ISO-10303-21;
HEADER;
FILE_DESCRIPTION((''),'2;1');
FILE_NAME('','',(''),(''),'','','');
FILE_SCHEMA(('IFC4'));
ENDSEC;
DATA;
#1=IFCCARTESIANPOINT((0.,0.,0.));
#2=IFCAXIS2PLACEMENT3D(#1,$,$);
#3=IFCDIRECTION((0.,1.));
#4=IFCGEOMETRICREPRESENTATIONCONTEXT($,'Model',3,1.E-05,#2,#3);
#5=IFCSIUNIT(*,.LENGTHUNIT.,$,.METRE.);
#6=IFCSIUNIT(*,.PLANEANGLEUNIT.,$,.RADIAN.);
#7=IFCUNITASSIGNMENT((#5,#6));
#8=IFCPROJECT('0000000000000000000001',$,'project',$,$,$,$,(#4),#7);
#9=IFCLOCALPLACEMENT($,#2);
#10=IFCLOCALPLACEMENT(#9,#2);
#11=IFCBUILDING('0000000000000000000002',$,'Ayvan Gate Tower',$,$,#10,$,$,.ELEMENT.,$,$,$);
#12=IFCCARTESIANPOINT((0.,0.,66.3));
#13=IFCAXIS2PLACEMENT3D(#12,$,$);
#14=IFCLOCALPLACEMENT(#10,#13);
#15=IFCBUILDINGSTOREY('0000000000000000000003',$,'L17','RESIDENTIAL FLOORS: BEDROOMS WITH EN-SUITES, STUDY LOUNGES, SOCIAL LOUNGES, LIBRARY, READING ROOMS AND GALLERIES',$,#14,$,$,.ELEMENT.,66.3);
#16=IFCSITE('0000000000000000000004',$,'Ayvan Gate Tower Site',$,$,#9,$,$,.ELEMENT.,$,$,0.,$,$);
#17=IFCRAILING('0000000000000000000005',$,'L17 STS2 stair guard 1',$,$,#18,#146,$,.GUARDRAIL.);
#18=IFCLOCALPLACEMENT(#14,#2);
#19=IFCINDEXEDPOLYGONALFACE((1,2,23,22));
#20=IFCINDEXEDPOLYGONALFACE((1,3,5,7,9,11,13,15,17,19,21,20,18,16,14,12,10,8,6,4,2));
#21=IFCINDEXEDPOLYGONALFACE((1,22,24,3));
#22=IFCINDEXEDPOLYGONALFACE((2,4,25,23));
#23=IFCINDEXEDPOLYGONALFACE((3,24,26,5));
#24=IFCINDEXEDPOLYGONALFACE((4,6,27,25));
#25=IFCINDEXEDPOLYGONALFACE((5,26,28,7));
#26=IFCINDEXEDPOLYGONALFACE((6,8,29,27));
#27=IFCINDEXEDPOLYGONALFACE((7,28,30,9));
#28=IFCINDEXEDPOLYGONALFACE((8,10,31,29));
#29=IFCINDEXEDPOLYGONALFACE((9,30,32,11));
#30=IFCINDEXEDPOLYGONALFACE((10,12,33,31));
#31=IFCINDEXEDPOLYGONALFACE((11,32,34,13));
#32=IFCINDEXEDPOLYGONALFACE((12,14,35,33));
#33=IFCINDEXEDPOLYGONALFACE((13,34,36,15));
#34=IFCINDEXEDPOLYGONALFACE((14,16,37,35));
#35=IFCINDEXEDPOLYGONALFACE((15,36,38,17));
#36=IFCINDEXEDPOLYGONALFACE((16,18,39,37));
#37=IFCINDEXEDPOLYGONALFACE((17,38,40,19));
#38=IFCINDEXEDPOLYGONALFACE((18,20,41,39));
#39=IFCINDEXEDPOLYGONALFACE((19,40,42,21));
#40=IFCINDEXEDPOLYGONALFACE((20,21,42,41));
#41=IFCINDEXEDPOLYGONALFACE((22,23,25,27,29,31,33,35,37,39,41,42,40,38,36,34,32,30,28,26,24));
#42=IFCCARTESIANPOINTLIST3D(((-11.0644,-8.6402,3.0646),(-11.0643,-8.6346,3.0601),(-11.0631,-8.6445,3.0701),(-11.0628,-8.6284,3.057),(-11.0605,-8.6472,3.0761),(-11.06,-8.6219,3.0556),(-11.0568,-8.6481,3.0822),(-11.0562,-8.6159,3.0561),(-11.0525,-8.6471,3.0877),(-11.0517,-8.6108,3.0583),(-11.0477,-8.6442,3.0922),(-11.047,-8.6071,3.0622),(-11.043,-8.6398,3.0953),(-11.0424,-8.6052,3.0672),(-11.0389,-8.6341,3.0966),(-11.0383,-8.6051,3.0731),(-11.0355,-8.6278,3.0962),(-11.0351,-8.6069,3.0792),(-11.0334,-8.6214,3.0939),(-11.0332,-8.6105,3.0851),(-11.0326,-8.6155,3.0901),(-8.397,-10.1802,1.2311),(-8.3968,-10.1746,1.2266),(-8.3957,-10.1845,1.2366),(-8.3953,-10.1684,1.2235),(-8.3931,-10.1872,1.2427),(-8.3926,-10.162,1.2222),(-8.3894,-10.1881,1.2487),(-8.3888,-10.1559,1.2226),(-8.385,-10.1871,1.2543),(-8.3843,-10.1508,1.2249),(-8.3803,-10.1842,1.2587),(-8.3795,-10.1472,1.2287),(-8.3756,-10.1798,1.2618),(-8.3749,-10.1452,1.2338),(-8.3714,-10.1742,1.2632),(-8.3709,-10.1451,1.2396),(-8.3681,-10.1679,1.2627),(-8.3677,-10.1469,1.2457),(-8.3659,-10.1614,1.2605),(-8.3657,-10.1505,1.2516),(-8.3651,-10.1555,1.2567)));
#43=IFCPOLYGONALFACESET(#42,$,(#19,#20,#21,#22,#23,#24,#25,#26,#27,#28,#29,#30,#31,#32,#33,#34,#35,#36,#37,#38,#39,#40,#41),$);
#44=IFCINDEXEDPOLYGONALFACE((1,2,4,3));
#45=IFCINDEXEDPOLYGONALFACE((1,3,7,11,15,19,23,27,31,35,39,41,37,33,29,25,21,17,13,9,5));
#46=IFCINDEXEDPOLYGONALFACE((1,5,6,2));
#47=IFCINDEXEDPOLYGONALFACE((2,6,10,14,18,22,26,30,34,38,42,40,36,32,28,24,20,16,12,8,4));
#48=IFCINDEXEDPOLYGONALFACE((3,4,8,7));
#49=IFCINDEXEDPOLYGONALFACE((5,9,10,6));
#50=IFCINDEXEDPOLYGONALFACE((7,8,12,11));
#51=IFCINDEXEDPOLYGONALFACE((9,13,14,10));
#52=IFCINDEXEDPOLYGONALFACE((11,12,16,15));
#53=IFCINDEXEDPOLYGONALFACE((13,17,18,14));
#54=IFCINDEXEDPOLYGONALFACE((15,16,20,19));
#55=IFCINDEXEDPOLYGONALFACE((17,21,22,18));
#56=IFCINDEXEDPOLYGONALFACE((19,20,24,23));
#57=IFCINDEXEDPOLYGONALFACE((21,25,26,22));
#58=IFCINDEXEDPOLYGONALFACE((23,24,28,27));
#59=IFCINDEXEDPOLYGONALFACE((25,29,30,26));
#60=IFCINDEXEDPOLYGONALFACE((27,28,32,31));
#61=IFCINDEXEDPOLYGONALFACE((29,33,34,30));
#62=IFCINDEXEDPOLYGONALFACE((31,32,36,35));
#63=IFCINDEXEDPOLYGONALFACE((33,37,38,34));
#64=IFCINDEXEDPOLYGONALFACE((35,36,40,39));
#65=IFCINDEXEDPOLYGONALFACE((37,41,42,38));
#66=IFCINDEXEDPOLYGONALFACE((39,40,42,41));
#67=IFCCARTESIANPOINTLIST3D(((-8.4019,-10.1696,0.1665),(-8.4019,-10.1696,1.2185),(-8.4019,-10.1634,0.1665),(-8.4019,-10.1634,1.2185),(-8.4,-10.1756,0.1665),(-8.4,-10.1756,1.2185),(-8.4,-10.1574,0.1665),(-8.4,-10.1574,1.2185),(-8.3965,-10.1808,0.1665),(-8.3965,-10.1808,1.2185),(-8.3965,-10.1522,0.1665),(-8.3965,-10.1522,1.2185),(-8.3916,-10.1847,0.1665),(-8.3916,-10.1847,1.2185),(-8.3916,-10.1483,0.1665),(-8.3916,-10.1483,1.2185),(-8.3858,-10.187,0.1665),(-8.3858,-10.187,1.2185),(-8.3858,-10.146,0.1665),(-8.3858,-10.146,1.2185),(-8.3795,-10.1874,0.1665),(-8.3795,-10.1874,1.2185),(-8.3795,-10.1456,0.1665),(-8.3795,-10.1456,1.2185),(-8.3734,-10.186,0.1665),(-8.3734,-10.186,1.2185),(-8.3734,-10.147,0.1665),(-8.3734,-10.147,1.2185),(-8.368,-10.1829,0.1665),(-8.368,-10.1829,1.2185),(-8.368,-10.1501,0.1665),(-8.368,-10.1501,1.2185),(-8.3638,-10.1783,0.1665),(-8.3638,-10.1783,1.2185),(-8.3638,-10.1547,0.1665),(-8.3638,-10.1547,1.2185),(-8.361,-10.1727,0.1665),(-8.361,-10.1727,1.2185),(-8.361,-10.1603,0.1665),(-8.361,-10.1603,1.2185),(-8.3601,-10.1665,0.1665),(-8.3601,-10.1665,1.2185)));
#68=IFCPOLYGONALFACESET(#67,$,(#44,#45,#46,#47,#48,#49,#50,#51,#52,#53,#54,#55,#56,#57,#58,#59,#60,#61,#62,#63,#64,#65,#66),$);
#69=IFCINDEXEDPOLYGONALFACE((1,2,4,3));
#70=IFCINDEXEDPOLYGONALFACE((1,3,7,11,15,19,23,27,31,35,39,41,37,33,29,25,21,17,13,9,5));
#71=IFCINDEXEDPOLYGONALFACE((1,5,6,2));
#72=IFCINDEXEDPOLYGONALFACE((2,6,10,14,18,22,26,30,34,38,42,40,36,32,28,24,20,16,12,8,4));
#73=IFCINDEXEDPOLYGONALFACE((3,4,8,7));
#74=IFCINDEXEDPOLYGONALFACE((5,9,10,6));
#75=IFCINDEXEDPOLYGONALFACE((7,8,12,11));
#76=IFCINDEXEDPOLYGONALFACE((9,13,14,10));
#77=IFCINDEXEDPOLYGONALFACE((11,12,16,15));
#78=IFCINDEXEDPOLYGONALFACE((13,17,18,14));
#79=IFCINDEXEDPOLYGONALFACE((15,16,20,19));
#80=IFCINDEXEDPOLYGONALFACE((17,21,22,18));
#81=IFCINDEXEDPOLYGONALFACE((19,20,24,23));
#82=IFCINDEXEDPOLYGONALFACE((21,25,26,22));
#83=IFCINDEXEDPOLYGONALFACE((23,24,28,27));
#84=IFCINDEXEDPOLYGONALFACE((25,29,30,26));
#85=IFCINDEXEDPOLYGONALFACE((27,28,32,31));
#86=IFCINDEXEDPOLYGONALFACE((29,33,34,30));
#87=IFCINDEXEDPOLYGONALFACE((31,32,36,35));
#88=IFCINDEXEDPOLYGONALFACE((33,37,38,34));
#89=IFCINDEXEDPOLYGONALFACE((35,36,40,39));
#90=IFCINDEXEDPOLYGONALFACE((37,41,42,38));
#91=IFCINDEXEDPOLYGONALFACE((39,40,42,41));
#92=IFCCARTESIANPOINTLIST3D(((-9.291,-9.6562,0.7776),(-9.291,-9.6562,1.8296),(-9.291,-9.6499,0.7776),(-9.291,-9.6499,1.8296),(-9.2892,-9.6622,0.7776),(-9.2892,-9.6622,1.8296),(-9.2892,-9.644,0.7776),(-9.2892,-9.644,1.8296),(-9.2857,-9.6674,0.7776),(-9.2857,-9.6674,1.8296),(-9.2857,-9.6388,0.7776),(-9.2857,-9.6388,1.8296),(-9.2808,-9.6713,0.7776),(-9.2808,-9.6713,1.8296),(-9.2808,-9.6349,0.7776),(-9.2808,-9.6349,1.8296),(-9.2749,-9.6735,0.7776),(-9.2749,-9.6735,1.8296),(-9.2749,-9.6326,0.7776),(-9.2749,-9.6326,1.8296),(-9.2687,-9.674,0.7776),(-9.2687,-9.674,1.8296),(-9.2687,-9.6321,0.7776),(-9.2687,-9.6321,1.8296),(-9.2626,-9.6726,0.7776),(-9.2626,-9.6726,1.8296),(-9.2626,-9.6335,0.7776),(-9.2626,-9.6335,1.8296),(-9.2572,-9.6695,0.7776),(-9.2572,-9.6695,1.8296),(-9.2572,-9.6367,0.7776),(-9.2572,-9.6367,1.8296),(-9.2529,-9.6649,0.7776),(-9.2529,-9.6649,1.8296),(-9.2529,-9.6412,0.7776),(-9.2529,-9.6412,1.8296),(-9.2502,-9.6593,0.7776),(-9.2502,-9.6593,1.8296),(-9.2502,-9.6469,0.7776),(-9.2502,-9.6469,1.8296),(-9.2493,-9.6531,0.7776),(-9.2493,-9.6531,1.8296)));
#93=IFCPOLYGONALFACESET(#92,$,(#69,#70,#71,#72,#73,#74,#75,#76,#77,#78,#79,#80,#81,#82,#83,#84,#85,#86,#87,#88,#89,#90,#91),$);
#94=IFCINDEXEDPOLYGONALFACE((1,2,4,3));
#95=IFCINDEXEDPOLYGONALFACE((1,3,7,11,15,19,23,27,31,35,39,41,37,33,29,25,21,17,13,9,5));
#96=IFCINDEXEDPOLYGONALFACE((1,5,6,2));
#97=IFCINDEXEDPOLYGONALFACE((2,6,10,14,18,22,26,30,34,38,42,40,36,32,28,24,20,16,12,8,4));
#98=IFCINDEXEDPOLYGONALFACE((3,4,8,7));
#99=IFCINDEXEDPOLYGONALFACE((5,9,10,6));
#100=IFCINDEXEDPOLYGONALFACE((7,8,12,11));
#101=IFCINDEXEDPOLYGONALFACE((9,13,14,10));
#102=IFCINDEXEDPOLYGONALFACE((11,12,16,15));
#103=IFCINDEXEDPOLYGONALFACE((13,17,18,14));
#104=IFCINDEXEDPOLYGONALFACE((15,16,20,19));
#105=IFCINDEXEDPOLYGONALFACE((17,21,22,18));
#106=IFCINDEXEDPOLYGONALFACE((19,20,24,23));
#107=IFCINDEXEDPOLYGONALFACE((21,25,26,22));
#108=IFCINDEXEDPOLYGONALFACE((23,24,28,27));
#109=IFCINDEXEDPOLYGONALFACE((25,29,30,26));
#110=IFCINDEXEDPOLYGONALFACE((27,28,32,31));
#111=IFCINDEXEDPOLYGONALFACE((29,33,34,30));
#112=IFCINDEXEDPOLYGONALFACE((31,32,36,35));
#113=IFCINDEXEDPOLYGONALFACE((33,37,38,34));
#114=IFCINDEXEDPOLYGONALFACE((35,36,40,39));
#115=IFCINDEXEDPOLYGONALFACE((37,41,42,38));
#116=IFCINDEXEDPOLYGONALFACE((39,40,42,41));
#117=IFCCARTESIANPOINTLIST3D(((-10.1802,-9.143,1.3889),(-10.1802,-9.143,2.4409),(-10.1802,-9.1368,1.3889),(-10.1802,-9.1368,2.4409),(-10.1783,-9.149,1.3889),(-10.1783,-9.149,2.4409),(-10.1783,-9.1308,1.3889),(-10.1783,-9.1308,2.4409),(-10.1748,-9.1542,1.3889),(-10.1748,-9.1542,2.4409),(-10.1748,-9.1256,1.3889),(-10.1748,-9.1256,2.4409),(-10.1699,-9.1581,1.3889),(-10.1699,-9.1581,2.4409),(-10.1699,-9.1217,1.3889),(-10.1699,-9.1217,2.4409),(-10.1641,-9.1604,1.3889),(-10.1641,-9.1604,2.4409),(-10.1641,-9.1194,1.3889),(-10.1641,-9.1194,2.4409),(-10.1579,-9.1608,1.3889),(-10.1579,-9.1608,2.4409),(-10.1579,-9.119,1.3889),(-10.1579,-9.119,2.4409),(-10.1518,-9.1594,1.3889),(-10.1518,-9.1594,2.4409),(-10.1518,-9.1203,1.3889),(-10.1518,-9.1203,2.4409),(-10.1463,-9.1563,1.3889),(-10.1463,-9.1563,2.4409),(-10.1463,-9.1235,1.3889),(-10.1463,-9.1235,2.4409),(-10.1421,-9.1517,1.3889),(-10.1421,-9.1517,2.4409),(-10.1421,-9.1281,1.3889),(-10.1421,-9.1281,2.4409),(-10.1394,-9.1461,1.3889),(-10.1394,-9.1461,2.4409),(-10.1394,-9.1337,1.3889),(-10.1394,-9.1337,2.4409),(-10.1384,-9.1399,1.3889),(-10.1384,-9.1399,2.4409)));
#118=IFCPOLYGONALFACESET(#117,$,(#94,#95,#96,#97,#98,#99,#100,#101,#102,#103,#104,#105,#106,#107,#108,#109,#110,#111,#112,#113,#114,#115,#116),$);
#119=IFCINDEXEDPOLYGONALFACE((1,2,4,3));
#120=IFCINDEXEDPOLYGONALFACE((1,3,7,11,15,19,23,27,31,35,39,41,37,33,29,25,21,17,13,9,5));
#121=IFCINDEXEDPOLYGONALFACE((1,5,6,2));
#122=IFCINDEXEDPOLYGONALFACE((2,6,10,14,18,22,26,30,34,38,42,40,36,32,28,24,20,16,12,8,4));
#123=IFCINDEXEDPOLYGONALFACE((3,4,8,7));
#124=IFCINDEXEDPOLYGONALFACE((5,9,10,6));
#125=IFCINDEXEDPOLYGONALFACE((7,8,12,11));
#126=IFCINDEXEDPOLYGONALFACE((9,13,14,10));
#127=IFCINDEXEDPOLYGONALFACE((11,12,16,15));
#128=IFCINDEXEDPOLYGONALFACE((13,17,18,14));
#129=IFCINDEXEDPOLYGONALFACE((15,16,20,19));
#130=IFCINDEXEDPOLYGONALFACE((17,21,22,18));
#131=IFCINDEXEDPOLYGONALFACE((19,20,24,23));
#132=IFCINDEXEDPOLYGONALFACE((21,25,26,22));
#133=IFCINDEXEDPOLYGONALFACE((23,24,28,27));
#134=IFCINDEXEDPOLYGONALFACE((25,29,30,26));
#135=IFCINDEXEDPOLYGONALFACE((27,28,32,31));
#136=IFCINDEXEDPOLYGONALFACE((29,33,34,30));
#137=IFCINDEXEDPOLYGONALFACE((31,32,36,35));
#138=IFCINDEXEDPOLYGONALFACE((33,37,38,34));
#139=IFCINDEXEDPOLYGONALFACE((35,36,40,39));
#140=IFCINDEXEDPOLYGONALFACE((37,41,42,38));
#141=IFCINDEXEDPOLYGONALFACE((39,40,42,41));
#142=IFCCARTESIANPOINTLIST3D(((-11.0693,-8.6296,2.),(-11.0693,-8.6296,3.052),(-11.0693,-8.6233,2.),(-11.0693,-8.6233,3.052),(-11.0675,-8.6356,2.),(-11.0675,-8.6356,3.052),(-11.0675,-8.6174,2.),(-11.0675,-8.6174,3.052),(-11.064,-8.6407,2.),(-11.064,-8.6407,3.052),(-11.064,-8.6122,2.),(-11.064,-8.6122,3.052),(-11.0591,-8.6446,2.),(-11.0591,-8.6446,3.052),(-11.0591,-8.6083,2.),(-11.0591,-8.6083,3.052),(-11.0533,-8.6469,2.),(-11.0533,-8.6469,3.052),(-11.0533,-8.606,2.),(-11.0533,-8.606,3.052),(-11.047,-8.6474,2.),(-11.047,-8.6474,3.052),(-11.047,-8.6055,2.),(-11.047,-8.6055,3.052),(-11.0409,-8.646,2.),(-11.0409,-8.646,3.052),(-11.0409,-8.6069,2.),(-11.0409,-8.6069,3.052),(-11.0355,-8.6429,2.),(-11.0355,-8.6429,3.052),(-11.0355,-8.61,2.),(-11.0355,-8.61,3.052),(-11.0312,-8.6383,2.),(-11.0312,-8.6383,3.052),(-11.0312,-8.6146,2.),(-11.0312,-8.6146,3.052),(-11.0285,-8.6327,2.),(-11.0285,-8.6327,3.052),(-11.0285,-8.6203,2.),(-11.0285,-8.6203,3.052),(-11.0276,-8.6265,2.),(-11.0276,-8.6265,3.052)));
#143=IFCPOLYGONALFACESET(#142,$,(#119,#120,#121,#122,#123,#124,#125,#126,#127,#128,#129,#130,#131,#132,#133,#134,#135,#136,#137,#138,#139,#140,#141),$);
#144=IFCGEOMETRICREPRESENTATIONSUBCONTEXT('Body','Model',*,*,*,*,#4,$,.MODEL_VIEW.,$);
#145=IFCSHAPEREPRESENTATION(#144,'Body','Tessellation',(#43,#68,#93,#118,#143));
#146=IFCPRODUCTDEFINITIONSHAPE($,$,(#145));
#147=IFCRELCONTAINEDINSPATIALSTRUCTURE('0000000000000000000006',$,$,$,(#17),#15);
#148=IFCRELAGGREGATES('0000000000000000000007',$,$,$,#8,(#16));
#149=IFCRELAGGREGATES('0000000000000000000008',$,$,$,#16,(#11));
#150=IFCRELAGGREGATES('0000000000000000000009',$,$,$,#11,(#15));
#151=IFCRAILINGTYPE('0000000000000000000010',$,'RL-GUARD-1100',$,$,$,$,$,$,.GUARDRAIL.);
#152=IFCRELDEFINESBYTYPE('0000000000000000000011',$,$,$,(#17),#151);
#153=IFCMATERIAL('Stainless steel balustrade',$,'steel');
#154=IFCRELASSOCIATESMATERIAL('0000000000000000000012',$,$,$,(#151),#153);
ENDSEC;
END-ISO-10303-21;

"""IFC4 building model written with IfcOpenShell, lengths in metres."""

from ifc_helpers import new_model, si_unit, direction, frame, origin, origin_2d, place, context, subcontext, project, spatial, circle, extrude, material, type_object, element, save


model = new_model("IFC4")

# Units and contexts
model_context = context("Model", 3, precision=1e-05, world=origin(), true_north=direction((0.0, 1.0)))
body_context = subcontext(model_context, "Body", "Model", "MODEL_VIEW")
ifc_project = project(units=[si_unit("LENGTHUNIT", "METRE"), si_unit("PLANEANGLEUNIT", "RADIAN")], contexts=[model_context])

# Site, building, storey
site_placement = place(None, origin())
site = spatial("IfcSite", under=ifc_project, at=site_placement, Name="Ayvan Gate Tower Site", CompositionType="ELEMENT", RefElevation=0.0)
building_placement = place(site_placement, origin())
building = spatial("IfcBuilding", under=site, at=building_placement, Name="Ayvan Gate Tower", CompositionType="ELEMENT")
storey_placement = place(building_placement, frame((0.0, 0.0, 66.3)))
storey = spatial("IfcBuildingStorey", under=building, at=storey_placement, Name="L17", Description="RESIDENTIAL FLOORS: BEDROOMS WITH EN-SUITES, STUDY LOUNGES, SOCIAL LOUNGES, LIBRARY, READING ROOMS AND GALLERIES", CompositionType="ELEMENT", Elevation=66.3)

# Railing
ifc_material_1 = material(Name="Stainless steel balustrade", Category="steel")
railing_type_1 = type_object("IfcRailingType", Name="RL-GUARD-1100", PredefinedType="GUARDRAIL", material=ifc_material_1)
railing_1_placement = place(storey_placement, frame((-8.3811, -10.1665, 0.1665)))
element("IfcRailing", 1, at=railing_1_placement, inside=storey, type_object=railing_type_1, Name="L17 STS2 stair guard 1", PredefinedType="GUARDRAIL", context=body_context, shape_type="SweptSolid", body=[
    extrude(circle(Radius=0.0239, at=origin_2d()), frame((0.0, 0.0, 1.0762), z_axis=(-0.744164, 0.429634, 0.511502), x_axis=(-0.499992, -0.86603, 0.0)), (0.0, 0.0, 1.0), 3.5845),
    extrude(circle(Radius=0.021, at=origin_2d()), origin(), (0.0, 0.0, 1.0), 1.052),
    extrude(circle(Radius=0.021, at=origin_2d()), frame((-0.8892, 0.5134, 0.6111)), (0.0, 0.0, 1.0), 1.052),
    extrude(circle(Radius=0.021, at=origin_2d()), frame((-1.7783, 1.0266, 1.2224)), (0.0, 0.0, 1.0), 1.052),
    extrude(circle(Radius=0.021, at=origin_2d()), frame((-2.6675, 1.54, 1.8335)), (0.0, 0.0, 1.0), 1.052),
])

save(model, "model.ifc")
